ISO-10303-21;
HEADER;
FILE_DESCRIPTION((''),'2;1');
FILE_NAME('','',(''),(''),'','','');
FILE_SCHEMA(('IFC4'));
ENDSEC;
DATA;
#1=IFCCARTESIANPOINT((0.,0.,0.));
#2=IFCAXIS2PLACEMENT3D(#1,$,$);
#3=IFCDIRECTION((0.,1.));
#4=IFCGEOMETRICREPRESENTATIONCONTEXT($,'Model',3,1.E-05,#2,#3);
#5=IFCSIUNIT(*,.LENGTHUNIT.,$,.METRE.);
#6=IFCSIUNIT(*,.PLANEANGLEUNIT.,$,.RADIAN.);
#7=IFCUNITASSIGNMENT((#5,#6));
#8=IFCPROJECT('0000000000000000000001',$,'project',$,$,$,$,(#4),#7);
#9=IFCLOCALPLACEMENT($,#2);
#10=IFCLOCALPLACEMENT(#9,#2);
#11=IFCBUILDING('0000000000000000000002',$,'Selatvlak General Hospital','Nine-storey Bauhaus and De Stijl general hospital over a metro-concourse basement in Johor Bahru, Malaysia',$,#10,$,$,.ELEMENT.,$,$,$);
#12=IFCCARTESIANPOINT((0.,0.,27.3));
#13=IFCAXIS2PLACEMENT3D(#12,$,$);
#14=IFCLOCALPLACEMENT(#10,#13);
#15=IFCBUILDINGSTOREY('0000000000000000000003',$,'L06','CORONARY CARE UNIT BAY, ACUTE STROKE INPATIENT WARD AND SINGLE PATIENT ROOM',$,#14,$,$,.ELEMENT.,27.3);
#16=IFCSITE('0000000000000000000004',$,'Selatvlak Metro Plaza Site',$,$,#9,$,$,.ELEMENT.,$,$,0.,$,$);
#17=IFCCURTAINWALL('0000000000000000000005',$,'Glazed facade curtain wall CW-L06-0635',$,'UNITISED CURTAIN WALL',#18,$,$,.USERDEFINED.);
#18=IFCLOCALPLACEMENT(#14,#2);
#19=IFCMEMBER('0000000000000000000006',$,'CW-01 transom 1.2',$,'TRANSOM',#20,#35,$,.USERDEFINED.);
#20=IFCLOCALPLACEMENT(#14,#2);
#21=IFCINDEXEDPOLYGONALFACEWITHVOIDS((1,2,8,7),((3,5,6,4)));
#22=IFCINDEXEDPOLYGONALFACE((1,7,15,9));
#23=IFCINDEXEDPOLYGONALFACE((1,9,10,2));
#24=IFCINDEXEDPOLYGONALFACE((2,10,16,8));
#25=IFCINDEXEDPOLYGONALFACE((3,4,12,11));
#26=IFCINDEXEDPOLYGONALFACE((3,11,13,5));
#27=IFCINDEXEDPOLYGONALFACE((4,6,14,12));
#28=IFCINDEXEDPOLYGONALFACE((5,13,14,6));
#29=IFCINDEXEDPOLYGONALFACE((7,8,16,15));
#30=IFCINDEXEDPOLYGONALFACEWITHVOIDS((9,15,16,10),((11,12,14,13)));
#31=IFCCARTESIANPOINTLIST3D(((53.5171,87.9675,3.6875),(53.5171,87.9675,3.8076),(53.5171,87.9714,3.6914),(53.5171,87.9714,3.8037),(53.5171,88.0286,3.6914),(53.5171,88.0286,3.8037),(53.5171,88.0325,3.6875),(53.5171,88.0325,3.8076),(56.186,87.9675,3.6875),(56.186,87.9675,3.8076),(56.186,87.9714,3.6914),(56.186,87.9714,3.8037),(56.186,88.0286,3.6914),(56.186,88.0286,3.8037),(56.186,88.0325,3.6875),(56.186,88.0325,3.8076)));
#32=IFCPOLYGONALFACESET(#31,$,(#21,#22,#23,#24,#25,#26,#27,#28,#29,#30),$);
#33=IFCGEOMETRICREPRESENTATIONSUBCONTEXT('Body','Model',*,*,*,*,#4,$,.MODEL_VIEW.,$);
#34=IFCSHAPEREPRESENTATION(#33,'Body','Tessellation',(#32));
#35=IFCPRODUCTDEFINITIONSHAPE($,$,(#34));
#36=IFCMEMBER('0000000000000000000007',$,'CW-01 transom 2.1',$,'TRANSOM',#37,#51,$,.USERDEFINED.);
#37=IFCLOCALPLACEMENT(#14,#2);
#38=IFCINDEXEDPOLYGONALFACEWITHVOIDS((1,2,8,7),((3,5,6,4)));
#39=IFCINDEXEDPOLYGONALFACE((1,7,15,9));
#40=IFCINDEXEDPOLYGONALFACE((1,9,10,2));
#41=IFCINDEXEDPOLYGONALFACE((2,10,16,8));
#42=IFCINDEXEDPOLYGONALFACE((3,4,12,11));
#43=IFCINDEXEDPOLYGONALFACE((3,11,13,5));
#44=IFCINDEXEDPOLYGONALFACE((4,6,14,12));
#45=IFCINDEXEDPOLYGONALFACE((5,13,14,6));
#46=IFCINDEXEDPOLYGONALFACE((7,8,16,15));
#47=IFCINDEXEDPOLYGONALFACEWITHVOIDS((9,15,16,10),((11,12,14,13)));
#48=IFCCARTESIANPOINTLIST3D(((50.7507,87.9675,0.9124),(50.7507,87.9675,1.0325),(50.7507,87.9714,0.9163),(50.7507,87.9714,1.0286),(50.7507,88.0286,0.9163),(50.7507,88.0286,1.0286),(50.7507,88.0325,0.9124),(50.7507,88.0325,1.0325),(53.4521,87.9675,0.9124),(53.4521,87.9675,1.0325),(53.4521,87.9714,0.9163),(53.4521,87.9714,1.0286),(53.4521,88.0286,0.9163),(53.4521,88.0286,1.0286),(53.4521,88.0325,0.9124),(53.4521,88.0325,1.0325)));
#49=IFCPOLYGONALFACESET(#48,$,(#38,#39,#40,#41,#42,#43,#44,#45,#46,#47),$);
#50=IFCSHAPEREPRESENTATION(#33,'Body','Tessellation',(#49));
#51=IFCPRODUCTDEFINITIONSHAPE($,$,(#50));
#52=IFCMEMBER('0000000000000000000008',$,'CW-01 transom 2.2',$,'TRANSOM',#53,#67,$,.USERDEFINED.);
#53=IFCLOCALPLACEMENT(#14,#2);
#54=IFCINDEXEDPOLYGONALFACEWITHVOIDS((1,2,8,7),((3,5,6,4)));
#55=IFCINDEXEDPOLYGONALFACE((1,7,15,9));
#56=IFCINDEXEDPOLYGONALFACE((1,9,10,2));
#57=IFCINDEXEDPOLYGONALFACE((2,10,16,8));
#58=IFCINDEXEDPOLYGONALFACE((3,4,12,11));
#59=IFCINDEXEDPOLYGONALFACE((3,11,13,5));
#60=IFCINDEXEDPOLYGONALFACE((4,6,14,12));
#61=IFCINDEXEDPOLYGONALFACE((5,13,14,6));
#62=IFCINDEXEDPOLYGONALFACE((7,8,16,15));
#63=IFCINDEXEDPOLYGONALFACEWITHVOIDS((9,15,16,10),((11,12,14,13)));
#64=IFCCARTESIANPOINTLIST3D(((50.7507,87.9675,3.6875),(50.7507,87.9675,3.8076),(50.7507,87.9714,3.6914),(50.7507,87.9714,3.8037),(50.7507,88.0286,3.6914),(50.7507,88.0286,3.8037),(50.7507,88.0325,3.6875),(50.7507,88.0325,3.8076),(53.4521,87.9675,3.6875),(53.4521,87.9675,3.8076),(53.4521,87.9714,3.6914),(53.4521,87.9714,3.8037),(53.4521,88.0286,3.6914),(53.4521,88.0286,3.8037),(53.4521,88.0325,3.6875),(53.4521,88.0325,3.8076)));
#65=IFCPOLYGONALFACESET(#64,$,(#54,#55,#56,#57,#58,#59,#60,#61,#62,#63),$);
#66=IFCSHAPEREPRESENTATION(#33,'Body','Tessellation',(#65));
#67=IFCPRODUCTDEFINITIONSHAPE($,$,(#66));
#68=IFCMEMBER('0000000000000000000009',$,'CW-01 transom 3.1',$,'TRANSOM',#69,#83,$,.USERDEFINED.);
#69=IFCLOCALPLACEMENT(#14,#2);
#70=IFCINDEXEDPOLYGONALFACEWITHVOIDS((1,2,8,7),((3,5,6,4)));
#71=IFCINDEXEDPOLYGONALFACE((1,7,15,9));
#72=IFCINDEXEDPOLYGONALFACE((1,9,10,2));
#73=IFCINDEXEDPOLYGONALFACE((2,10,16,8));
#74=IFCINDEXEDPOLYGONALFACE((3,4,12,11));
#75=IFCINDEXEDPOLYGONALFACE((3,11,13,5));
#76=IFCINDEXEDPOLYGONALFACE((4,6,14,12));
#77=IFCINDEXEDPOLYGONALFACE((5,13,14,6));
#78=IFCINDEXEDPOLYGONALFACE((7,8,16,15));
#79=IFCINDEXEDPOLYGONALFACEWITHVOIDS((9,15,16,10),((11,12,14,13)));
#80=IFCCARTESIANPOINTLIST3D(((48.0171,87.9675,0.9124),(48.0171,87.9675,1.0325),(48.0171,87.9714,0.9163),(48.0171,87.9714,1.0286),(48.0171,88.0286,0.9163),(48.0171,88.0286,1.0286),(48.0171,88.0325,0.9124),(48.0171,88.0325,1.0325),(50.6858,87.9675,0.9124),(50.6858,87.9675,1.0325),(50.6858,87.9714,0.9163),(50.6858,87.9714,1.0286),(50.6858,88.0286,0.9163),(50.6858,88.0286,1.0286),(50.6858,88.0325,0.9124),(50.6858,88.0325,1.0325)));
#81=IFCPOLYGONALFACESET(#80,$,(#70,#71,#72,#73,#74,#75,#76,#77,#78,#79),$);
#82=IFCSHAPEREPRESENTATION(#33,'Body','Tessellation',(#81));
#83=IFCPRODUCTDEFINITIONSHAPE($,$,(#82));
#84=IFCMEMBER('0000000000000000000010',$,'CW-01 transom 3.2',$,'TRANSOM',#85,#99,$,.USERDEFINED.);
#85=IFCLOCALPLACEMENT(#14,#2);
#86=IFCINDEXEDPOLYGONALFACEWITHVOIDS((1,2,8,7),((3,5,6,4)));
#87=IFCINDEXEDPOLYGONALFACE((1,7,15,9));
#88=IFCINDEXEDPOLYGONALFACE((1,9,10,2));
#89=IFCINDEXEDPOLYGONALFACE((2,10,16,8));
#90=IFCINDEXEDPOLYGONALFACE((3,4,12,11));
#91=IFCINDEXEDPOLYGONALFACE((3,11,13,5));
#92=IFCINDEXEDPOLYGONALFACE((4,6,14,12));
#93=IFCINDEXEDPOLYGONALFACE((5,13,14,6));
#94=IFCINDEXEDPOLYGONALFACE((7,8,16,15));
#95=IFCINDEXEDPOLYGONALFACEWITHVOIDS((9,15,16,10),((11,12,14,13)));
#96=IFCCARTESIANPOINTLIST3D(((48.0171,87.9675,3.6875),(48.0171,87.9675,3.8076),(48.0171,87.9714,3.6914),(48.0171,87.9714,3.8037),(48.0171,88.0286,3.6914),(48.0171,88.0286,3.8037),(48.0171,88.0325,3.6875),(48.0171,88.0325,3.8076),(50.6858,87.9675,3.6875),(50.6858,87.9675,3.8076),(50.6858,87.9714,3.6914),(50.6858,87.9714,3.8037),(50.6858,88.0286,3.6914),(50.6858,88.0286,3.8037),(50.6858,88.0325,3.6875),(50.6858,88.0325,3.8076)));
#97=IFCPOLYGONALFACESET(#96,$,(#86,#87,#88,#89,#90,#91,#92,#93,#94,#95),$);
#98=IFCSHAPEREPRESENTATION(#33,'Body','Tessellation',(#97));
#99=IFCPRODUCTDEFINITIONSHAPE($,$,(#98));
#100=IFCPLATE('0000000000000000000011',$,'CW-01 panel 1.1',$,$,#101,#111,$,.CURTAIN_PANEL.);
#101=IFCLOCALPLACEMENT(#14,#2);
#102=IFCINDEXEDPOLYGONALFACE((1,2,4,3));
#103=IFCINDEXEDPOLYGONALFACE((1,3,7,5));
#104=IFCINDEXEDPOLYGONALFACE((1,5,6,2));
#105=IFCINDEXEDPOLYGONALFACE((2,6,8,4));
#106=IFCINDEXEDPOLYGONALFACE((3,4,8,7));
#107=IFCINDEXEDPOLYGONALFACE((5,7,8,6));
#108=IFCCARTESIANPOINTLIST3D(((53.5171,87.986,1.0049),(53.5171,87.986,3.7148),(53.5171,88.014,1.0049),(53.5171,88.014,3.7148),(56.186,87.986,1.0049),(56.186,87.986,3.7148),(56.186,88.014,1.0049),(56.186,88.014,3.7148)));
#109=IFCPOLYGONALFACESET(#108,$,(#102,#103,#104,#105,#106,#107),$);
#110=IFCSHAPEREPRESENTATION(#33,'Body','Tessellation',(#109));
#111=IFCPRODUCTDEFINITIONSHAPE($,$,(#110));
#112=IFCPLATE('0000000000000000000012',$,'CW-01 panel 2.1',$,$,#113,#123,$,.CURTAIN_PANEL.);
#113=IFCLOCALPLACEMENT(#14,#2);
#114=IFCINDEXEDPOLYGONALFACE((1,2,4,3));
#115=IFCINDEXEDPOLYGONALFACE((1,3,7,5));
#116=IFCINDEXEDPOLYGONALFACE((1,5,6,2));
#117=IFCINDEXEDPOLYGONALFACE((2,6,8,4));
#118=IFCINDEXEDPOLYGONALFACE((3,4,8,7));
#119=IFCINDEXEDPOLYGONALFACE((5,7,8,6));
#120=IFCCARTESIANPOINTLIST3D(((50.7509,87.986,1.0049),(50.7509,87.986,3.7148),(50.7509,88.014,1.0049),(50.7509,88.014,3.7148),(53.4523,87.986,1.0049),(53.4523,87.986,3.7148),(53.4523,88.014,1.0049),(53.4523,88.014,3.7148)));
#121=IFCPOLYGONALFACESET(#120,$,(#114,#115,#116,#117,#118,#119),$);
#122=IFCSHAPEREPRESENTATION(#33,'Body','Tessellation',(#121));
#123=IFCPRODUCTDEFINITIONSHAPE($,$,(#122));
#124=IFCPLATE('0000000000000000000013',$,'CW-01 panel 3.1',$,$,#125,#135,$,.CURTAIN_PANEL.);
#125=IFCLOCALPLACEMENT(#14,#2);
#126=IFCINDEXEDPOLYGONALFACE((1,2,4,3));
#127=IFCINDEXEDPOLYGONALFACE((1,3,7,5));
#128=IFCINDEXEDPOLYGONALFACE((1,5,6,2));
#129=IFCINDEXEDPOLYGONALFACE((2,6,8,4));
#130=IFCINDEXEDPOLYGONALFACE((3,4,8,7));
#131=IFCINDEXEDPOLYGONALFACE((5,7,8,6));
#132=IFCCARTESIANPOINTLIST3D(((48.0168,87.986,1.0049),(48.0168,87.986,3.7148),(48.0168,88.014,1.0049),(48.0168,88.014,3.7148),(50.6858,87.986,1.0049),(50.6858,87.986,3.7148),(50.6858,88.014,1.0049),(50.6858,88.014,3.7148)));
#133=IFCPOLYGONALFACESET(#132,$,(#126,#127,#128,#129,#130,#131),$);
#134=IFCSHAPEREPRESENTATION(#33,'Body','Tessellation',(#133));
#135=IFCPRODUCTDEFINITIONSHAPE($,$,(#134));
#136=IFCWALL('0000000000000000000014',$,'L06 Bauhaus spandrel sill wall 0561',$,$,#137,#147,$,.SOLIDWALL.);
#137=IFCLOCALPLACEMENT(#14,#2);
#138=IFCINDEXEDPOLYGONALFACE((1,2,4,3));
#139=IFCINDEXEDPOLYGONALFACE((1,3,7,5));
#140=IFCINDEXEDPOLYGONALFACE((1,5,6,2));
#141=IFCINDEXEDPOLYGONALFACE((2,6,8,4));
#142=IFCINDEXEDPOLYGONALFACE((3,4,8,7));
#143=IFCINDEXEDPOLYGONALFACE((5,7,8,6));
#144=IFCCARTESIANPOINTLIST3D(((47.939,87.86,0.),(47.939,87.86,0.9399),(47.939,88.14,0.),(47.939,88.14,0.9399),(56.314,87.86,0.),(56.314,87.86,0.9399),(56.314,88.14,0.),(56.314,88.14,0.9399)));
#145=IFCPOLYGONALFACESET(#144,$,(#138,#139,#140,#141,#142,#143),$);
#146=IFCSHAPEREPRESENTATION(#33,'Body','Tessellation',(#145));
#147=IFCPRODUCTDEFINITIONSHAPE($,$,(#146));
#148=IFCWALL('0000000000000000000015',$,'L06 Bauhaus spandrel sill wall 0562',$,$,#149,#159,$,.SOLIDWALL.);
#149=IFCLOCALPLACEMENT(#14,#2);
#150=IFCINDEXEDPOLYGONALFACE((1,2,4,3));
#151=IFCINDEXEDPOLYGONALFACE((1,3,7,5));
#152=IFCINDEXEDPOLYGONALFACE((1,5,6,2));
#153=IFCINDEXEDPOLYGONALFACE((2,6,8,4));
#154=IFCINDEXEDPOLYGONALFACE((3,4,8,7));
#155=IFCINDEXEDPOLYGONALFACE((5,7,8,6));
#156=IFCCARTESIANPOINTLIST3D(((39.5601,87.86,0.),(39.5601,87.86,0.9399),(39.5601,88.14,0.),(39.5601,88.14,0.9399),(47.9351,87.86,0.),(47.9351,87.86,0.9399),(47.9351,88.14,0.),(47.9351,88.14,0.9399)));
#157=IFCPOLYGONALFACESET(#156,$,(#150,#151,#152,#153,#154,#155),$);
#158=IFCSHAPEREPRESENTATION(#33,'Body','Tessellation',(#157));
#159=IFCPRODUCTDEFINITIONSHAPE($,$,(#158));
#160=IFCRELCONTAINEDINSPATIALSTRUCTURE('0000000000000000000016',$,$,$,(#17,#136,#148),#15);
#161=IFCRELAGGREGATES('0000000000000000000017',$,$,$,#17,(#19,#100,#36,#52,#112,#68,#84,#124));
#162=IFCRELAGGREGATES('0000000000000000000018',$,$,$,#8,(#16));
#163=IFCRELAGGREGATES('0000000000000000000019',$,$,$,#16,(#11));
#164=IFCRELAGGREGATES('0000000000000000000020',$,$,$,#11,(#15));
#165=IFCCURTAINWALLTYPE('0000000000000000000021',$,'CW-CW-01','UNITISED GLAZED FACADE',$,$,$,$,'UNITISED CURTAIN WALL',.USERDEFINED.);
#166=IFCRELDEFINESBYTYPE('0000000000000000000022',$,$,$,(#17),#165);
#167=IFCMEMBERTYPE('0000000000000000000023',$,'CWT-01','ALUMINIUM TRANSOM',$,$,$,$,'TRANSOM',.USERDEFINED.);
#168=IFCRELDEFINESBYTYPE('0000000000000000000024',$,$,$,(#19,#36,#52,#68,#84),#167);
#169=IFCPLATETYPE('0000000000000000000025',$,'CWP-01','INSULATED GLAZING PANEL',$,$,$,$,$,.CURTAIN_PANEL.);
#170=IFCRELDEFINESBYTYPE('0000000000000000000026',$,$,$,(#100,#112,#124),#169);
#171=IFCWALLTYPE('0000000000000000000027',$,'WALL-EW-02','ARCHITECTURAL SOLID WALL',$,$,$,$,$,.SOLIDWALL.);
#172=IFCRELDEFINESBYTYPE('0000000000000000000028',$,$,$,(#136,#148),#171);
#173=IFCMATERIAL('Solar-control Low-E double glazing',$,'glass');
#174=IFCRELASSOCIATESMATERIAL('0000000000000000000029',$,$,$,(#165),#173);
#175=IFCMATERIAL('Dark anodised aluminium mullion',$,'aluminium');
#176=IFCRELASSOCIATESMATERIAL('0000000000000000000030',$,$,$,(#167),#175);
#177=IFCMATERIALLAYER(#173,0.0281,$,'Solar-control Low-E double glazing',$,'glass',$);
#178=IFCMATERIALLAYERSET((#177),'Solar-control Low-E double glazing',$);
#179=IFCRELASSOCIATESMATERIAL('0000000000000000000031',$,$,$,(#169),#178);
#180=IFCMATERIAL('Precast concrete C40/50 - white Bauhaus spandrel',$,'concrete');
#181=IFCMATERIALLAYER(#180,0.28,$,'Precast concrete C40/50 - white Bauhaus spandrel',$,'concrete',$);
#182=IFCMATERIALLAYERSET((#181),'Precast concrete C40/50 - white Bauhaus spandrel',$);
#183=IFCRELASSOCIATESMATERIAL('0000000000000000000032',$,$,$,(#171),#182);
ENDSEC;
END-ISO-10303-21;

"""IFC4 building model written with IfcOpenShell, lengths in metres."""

from ifc_helpers import new_model, si_unit, direction, frame, frame_2d, origin, origin_2d, place, context, subcontext, project, spatial, rectangle, hollow_rectangle, extrude, material, layer, layer_set, material_profile, profile_set, type_object, element, aggregate, save


model = new_model("IFC4")

# Units and contexts
model_context = context("Model", 3, precision=1e-05, world=origin(), true_north=direction((0.0, 1.0)))
body_context = subcontext(model_context, "Body", "Model", "MODEL_VIEW")
ifc_project = project(units=[si_unit("LENGTHUNIT", "METRE"), si_unit("PLANEANGLEUNIT", "RADIAN")], contexts=[model_context])

# Site, building, storey
site_placement = place(None, origin())
site = spatial("IfcSite", under=ifc_project, at=site_placement, Name="Selatvlak Metro Plaza Site", CompositionType="ELEMENT", RefElevation=0.0)
building_placement = place(site_placement, origin())
building = spatial("IfcBuilding", under=site, at=building_placement, Name="Selatvlak General Hospital", Description="Nine-storey Bauhaus and De Stijl general hospital over a metro-concourse basement in Johor Bahru, Malaysia", CompositionType="ELEMENT")
storey_placement = place(building_placement, frame((0.0, 0.0, 27.3)))
storey = spatial("IfcBuildingStorey", under=building, at=storey_placement, Name="L06", Description="CORONARY CARE UNIT BAY, ACUTE STROKE INPATIENT WARD AND SINGLE PATIENT ROOM", CompositionType="ELEMENT", Elevation=27.3)

# Shared definitions
ifc_material_1 = material(Name="Solar-control Low-E double glazing", Category="glass")
ifc_material_2 = material(Name="Dark anodised aluminium mullion", Category="aluminium")

# Curtain wall
curtain_wall_type_1 = type_object("IfcCurtainWallType", Name="CW-CW-01", Description="UNITISED GLAZED FACADE", ElementType="UNITISED CURTAIN WALL", PredefinedType="USERDEFINED", material=ifc_material_1)
curtain_wall_1_placement = place(storey_placement, origin())
curtain_wall_1 = element("IfcCurtainWall", 1, at=curtain_wall_1_placement, inside=storey, type_object=curtain_wall_type_1, Name="Glazed facade curtain wall CW-L06-0635", ObjectType="UNITISED CURTAIN WALL", PredefinedType="USERDEFINED")

# Members
ifc_material_profile_1 = material_profile(ifc_material_2, hollow_rectangle(XDim=0.0649, YDim=0.1201, WallThickness=0.0039, at=origin_2d()), Name="AL-TRN 65x120x4")
ifc_profile_set_1 = profile_set([ifc_material_profile_1], Name="Dark anodised aluminium mullion")
member_type_1 = type_object("IfcMemberType", Name="CWT-01", Description="ALUMINIUM TRANSOM", ElementType="TRANSOM", PredefinedType="USERDEFINED", material=ifc_profile_set_1)
member_1_placement = place(storey_placement, frame((56.186, 88.0, 3.7476), z_axis=(-1.0, 0.0, 0.0), x_axis=(0.0, -1.0, 0.0)))
member_1 = element("IfcMember", 2, at=member_1_placement, type_object=member_type_1, Name="CW-01 transom 1.2", ObjectType="TRANSOM", PredefinedType="USERDEFINED", context=body_context, shape_type="SweptSolid", body=[
    extrude(hollow_rectangle(XDim=0.0649, YDim=0.1201, WallThickness=0.0039, at=origin_2d()), origin(), (0.0, 0.0, 1.0), 2.6689),
])
member_2_placement = place(storey_placement, frame((53.4521, 88.0, 0.9724), z_axis=(-1.0, 0.0, 0.0), x_axis=(0.0, -1.0, 0.0)))
member_2 = element("IfcMember", 3, at=member_2_placement, type_object=member_type_1, Name="CW-01 transom 2.1", ObjectType="TRANSOM", PredefinedType="USERDEFINED", context=body_context, shape_type="SweptSolid", body=[
    extrude(hollow_rectangle(XDim=0.0649, YDim=0.1201, WallThickness=0.0039, at=origin_2d()), origin(), (0.0, 0.0, 1.0), 2.7014),
])
member_3_placement = place(storey_placement, frame((53.4521, 88.0, 3.7476), z_axis=(-1.0, 0.0, 0.0), x_axis=(0.0, -1.0, 0.0)))
member_3 = element("IfcMember", 4, at=member_3_placement, type_object=member_type_1, Name="CW-01 transom 2.2", ObjectType="TRANSOM", PredefinedType="USERDEFINED", context=body_context, shape_type="SweptSolid", body=[
    extrude(hollow_rectangle(XDim=0.0649, YDim=0.1201, WallThickness=0.0039, at=origin_2d()), origin(), (0.0, 0.0, 1.0), 2.7014),
])
member_4_placement = place(storey_placement, frame((50.6858, 88.0, 0.9724), z_axis=(-1.0, 0.0, 0.0), x_axis=(0.0, -1.0, 0.0)))
member_4 = element("IfcMember", 5, at=member_4_placement, type_object=member_type_1, Name="CW-01 transom 3.1", ObjectType="TRANSOM", PredefinedType="USERDEFINED", context=body_context, shape_type="SweptSolid", body=[
    extrude(hollow_rectangle(XDim=0.0649, YDim=0.1201, WallThickness=0.0039, at=origin_2d()), origin(), (0.0, 0.0, 1.0), 2.6687),
])
member_5_placement = place(storey_placement, frame((50.6858, 88.0, 3.7476), z_axis=(-1.0, 0.0, 0.0), x_axis=(0.0, -1.0, 0.0)))
member_5 = element("IfcMember", 6, at=member_5_placement, type_object=member_type_1, Name="CW-01 transom 3.2", ObjectType="TRANSOM", PredefinedType="USERDEFINED", context=body_context, shape_type="SweptSolid", body=[
    extrude(hollow_rectangle(XDim=0.0649, YDim=0.1201, WallThickness=0.0039, at=origin_2d()), origin(), (0.0, 0.0, 1.0), 2.6687),
])

# Plates
ifc_layer_1 = layer(ifc_material_1, 0.0281, Name="Solar-control Low-E double glazing", Category="glass")
ifc_layer_set_1 = layer_set([ifc_layer_1], Name="Solar-control Low-E double glazing")
plate_type = type_object("IfcPlateType", Name="CWP-01", Description="INSULATED GLAZING PANEL", PredefinedType="CURTAIN_PANEL", material=ifc_layer_set_1)
plate_1_placement = place(storey_placement, frame((54.8516, 88.0, 1.0049), z_axis=(0.0, 0.0, 1.0), x_axis=(-1.0, 0.0, 0.0)))
plate_1 = element("IfcPlate", 7, at=plate_1_placement, type_object=plate_type, Name="CW-01 panel 1.1", PredefinedType="CURTAIN_PANEL", context=body_context, shape_type="SweptSolid", body=[
    extrude(rectangle(XDim=2.6689, YDim=0.0281, at=origin_2d()), origin(), (0.0, 0.0, 1.0), 2.71),
])
plate_2_placement = place(storey_placement, frame((52.1016, 88.0, 1.0049), z_axis=(0.0, 0.0, 1.0), x_axis=(-1.0, 0.0, 0.0)))
plate_2 = element("IfcPlate", 8, at=plate_2_placement, type_object=plate_type, Name="CW-01 panel 2.1", PredefinedType="CURTAIN_PANEL", context=body_context, shape_type="SweptSolid", body=[
    extrude(rectangle(XDim=2.7014, YDim=0.0281, at=origin_2d()), origin(), (0.0, 0.0, 1.0), 2.71),
])
plate_3_placement = place(storey_placement, frame((49.3513, 88.0, 1.0049), z_axis=(0.0, 0.0, 1.0), x_axis=(-1.0, 0.0, 0.0)))
plate_3 = element("IfcPlate", 9, at=plate_3_placement, type_object=plate_type, Name="CW-01 panel 3.1", PredefinedType="CURTAIN_PANEL", context=body_context, shape_type="SweptSolid", body=[
    extrude(rectangle(XDim=2.6689, YDim=0.0281, at=origin_2d()), origin(), (0.0, 0.0, 1.0), 2.71),
])
aggregate(curtain_wall_1, [member_1, plate_1, member_2, member_3, plate_2, member_4, member_5, plate_3])

# Walls
ifc_material_3 = material(Name="Precast concrete C40/50 - white Bauhaus spandrel", Category="concrete")
ifc_layer_2 = layer(ifc_material_3, 0.28, Name="Precast concrete C40/50 - white Bauhaus spandrel", Category="concrete")
ifc_layer_set_2 = layer_set([ifc_layer_2], Name="Precast concrete C40/50 - white Bauhaus spandrel")
wall_type = type_object("IfcWallType", Name="WALL-EW-02", Description="ARCHITECTURAL SOLID WALL", PredefinedType="SOLIDWALL", material=ifc_layer_set_2)
for number, where, z_axis, x_axis, name in (
    (10, (56.314, 88.0, 0.0), (0.0, 0.0, 1.0), (-1.0, 0.0, 0.0), "L06 Bauhaus spandrel sill wall 0561"),
    (11, (47.9351, 88.0, 0.0), (0.0, 0.0, 1.0), (-1.0, 0.0, 0.0), "L06 Bauhaus spandrel sill wall 0562"),
):
    element("IfcWall", number, at=place(storey_placement, frame(where, z_axis=z_axis, x_axis=x_axis)), inside=storey, type_object=wall_type, Name=name, PredefinedType="SOLIDWALL", context=body_context, shape_type="SweptSolid", body=[
        extrude(rectangle(XDim=8.375, YDim=0.28, at=frame_2d((4.1875, 0.0))), origin(), (0.0, 0.0, 1.0), 0.9399),
    ])

save(model, "model.ifc")
